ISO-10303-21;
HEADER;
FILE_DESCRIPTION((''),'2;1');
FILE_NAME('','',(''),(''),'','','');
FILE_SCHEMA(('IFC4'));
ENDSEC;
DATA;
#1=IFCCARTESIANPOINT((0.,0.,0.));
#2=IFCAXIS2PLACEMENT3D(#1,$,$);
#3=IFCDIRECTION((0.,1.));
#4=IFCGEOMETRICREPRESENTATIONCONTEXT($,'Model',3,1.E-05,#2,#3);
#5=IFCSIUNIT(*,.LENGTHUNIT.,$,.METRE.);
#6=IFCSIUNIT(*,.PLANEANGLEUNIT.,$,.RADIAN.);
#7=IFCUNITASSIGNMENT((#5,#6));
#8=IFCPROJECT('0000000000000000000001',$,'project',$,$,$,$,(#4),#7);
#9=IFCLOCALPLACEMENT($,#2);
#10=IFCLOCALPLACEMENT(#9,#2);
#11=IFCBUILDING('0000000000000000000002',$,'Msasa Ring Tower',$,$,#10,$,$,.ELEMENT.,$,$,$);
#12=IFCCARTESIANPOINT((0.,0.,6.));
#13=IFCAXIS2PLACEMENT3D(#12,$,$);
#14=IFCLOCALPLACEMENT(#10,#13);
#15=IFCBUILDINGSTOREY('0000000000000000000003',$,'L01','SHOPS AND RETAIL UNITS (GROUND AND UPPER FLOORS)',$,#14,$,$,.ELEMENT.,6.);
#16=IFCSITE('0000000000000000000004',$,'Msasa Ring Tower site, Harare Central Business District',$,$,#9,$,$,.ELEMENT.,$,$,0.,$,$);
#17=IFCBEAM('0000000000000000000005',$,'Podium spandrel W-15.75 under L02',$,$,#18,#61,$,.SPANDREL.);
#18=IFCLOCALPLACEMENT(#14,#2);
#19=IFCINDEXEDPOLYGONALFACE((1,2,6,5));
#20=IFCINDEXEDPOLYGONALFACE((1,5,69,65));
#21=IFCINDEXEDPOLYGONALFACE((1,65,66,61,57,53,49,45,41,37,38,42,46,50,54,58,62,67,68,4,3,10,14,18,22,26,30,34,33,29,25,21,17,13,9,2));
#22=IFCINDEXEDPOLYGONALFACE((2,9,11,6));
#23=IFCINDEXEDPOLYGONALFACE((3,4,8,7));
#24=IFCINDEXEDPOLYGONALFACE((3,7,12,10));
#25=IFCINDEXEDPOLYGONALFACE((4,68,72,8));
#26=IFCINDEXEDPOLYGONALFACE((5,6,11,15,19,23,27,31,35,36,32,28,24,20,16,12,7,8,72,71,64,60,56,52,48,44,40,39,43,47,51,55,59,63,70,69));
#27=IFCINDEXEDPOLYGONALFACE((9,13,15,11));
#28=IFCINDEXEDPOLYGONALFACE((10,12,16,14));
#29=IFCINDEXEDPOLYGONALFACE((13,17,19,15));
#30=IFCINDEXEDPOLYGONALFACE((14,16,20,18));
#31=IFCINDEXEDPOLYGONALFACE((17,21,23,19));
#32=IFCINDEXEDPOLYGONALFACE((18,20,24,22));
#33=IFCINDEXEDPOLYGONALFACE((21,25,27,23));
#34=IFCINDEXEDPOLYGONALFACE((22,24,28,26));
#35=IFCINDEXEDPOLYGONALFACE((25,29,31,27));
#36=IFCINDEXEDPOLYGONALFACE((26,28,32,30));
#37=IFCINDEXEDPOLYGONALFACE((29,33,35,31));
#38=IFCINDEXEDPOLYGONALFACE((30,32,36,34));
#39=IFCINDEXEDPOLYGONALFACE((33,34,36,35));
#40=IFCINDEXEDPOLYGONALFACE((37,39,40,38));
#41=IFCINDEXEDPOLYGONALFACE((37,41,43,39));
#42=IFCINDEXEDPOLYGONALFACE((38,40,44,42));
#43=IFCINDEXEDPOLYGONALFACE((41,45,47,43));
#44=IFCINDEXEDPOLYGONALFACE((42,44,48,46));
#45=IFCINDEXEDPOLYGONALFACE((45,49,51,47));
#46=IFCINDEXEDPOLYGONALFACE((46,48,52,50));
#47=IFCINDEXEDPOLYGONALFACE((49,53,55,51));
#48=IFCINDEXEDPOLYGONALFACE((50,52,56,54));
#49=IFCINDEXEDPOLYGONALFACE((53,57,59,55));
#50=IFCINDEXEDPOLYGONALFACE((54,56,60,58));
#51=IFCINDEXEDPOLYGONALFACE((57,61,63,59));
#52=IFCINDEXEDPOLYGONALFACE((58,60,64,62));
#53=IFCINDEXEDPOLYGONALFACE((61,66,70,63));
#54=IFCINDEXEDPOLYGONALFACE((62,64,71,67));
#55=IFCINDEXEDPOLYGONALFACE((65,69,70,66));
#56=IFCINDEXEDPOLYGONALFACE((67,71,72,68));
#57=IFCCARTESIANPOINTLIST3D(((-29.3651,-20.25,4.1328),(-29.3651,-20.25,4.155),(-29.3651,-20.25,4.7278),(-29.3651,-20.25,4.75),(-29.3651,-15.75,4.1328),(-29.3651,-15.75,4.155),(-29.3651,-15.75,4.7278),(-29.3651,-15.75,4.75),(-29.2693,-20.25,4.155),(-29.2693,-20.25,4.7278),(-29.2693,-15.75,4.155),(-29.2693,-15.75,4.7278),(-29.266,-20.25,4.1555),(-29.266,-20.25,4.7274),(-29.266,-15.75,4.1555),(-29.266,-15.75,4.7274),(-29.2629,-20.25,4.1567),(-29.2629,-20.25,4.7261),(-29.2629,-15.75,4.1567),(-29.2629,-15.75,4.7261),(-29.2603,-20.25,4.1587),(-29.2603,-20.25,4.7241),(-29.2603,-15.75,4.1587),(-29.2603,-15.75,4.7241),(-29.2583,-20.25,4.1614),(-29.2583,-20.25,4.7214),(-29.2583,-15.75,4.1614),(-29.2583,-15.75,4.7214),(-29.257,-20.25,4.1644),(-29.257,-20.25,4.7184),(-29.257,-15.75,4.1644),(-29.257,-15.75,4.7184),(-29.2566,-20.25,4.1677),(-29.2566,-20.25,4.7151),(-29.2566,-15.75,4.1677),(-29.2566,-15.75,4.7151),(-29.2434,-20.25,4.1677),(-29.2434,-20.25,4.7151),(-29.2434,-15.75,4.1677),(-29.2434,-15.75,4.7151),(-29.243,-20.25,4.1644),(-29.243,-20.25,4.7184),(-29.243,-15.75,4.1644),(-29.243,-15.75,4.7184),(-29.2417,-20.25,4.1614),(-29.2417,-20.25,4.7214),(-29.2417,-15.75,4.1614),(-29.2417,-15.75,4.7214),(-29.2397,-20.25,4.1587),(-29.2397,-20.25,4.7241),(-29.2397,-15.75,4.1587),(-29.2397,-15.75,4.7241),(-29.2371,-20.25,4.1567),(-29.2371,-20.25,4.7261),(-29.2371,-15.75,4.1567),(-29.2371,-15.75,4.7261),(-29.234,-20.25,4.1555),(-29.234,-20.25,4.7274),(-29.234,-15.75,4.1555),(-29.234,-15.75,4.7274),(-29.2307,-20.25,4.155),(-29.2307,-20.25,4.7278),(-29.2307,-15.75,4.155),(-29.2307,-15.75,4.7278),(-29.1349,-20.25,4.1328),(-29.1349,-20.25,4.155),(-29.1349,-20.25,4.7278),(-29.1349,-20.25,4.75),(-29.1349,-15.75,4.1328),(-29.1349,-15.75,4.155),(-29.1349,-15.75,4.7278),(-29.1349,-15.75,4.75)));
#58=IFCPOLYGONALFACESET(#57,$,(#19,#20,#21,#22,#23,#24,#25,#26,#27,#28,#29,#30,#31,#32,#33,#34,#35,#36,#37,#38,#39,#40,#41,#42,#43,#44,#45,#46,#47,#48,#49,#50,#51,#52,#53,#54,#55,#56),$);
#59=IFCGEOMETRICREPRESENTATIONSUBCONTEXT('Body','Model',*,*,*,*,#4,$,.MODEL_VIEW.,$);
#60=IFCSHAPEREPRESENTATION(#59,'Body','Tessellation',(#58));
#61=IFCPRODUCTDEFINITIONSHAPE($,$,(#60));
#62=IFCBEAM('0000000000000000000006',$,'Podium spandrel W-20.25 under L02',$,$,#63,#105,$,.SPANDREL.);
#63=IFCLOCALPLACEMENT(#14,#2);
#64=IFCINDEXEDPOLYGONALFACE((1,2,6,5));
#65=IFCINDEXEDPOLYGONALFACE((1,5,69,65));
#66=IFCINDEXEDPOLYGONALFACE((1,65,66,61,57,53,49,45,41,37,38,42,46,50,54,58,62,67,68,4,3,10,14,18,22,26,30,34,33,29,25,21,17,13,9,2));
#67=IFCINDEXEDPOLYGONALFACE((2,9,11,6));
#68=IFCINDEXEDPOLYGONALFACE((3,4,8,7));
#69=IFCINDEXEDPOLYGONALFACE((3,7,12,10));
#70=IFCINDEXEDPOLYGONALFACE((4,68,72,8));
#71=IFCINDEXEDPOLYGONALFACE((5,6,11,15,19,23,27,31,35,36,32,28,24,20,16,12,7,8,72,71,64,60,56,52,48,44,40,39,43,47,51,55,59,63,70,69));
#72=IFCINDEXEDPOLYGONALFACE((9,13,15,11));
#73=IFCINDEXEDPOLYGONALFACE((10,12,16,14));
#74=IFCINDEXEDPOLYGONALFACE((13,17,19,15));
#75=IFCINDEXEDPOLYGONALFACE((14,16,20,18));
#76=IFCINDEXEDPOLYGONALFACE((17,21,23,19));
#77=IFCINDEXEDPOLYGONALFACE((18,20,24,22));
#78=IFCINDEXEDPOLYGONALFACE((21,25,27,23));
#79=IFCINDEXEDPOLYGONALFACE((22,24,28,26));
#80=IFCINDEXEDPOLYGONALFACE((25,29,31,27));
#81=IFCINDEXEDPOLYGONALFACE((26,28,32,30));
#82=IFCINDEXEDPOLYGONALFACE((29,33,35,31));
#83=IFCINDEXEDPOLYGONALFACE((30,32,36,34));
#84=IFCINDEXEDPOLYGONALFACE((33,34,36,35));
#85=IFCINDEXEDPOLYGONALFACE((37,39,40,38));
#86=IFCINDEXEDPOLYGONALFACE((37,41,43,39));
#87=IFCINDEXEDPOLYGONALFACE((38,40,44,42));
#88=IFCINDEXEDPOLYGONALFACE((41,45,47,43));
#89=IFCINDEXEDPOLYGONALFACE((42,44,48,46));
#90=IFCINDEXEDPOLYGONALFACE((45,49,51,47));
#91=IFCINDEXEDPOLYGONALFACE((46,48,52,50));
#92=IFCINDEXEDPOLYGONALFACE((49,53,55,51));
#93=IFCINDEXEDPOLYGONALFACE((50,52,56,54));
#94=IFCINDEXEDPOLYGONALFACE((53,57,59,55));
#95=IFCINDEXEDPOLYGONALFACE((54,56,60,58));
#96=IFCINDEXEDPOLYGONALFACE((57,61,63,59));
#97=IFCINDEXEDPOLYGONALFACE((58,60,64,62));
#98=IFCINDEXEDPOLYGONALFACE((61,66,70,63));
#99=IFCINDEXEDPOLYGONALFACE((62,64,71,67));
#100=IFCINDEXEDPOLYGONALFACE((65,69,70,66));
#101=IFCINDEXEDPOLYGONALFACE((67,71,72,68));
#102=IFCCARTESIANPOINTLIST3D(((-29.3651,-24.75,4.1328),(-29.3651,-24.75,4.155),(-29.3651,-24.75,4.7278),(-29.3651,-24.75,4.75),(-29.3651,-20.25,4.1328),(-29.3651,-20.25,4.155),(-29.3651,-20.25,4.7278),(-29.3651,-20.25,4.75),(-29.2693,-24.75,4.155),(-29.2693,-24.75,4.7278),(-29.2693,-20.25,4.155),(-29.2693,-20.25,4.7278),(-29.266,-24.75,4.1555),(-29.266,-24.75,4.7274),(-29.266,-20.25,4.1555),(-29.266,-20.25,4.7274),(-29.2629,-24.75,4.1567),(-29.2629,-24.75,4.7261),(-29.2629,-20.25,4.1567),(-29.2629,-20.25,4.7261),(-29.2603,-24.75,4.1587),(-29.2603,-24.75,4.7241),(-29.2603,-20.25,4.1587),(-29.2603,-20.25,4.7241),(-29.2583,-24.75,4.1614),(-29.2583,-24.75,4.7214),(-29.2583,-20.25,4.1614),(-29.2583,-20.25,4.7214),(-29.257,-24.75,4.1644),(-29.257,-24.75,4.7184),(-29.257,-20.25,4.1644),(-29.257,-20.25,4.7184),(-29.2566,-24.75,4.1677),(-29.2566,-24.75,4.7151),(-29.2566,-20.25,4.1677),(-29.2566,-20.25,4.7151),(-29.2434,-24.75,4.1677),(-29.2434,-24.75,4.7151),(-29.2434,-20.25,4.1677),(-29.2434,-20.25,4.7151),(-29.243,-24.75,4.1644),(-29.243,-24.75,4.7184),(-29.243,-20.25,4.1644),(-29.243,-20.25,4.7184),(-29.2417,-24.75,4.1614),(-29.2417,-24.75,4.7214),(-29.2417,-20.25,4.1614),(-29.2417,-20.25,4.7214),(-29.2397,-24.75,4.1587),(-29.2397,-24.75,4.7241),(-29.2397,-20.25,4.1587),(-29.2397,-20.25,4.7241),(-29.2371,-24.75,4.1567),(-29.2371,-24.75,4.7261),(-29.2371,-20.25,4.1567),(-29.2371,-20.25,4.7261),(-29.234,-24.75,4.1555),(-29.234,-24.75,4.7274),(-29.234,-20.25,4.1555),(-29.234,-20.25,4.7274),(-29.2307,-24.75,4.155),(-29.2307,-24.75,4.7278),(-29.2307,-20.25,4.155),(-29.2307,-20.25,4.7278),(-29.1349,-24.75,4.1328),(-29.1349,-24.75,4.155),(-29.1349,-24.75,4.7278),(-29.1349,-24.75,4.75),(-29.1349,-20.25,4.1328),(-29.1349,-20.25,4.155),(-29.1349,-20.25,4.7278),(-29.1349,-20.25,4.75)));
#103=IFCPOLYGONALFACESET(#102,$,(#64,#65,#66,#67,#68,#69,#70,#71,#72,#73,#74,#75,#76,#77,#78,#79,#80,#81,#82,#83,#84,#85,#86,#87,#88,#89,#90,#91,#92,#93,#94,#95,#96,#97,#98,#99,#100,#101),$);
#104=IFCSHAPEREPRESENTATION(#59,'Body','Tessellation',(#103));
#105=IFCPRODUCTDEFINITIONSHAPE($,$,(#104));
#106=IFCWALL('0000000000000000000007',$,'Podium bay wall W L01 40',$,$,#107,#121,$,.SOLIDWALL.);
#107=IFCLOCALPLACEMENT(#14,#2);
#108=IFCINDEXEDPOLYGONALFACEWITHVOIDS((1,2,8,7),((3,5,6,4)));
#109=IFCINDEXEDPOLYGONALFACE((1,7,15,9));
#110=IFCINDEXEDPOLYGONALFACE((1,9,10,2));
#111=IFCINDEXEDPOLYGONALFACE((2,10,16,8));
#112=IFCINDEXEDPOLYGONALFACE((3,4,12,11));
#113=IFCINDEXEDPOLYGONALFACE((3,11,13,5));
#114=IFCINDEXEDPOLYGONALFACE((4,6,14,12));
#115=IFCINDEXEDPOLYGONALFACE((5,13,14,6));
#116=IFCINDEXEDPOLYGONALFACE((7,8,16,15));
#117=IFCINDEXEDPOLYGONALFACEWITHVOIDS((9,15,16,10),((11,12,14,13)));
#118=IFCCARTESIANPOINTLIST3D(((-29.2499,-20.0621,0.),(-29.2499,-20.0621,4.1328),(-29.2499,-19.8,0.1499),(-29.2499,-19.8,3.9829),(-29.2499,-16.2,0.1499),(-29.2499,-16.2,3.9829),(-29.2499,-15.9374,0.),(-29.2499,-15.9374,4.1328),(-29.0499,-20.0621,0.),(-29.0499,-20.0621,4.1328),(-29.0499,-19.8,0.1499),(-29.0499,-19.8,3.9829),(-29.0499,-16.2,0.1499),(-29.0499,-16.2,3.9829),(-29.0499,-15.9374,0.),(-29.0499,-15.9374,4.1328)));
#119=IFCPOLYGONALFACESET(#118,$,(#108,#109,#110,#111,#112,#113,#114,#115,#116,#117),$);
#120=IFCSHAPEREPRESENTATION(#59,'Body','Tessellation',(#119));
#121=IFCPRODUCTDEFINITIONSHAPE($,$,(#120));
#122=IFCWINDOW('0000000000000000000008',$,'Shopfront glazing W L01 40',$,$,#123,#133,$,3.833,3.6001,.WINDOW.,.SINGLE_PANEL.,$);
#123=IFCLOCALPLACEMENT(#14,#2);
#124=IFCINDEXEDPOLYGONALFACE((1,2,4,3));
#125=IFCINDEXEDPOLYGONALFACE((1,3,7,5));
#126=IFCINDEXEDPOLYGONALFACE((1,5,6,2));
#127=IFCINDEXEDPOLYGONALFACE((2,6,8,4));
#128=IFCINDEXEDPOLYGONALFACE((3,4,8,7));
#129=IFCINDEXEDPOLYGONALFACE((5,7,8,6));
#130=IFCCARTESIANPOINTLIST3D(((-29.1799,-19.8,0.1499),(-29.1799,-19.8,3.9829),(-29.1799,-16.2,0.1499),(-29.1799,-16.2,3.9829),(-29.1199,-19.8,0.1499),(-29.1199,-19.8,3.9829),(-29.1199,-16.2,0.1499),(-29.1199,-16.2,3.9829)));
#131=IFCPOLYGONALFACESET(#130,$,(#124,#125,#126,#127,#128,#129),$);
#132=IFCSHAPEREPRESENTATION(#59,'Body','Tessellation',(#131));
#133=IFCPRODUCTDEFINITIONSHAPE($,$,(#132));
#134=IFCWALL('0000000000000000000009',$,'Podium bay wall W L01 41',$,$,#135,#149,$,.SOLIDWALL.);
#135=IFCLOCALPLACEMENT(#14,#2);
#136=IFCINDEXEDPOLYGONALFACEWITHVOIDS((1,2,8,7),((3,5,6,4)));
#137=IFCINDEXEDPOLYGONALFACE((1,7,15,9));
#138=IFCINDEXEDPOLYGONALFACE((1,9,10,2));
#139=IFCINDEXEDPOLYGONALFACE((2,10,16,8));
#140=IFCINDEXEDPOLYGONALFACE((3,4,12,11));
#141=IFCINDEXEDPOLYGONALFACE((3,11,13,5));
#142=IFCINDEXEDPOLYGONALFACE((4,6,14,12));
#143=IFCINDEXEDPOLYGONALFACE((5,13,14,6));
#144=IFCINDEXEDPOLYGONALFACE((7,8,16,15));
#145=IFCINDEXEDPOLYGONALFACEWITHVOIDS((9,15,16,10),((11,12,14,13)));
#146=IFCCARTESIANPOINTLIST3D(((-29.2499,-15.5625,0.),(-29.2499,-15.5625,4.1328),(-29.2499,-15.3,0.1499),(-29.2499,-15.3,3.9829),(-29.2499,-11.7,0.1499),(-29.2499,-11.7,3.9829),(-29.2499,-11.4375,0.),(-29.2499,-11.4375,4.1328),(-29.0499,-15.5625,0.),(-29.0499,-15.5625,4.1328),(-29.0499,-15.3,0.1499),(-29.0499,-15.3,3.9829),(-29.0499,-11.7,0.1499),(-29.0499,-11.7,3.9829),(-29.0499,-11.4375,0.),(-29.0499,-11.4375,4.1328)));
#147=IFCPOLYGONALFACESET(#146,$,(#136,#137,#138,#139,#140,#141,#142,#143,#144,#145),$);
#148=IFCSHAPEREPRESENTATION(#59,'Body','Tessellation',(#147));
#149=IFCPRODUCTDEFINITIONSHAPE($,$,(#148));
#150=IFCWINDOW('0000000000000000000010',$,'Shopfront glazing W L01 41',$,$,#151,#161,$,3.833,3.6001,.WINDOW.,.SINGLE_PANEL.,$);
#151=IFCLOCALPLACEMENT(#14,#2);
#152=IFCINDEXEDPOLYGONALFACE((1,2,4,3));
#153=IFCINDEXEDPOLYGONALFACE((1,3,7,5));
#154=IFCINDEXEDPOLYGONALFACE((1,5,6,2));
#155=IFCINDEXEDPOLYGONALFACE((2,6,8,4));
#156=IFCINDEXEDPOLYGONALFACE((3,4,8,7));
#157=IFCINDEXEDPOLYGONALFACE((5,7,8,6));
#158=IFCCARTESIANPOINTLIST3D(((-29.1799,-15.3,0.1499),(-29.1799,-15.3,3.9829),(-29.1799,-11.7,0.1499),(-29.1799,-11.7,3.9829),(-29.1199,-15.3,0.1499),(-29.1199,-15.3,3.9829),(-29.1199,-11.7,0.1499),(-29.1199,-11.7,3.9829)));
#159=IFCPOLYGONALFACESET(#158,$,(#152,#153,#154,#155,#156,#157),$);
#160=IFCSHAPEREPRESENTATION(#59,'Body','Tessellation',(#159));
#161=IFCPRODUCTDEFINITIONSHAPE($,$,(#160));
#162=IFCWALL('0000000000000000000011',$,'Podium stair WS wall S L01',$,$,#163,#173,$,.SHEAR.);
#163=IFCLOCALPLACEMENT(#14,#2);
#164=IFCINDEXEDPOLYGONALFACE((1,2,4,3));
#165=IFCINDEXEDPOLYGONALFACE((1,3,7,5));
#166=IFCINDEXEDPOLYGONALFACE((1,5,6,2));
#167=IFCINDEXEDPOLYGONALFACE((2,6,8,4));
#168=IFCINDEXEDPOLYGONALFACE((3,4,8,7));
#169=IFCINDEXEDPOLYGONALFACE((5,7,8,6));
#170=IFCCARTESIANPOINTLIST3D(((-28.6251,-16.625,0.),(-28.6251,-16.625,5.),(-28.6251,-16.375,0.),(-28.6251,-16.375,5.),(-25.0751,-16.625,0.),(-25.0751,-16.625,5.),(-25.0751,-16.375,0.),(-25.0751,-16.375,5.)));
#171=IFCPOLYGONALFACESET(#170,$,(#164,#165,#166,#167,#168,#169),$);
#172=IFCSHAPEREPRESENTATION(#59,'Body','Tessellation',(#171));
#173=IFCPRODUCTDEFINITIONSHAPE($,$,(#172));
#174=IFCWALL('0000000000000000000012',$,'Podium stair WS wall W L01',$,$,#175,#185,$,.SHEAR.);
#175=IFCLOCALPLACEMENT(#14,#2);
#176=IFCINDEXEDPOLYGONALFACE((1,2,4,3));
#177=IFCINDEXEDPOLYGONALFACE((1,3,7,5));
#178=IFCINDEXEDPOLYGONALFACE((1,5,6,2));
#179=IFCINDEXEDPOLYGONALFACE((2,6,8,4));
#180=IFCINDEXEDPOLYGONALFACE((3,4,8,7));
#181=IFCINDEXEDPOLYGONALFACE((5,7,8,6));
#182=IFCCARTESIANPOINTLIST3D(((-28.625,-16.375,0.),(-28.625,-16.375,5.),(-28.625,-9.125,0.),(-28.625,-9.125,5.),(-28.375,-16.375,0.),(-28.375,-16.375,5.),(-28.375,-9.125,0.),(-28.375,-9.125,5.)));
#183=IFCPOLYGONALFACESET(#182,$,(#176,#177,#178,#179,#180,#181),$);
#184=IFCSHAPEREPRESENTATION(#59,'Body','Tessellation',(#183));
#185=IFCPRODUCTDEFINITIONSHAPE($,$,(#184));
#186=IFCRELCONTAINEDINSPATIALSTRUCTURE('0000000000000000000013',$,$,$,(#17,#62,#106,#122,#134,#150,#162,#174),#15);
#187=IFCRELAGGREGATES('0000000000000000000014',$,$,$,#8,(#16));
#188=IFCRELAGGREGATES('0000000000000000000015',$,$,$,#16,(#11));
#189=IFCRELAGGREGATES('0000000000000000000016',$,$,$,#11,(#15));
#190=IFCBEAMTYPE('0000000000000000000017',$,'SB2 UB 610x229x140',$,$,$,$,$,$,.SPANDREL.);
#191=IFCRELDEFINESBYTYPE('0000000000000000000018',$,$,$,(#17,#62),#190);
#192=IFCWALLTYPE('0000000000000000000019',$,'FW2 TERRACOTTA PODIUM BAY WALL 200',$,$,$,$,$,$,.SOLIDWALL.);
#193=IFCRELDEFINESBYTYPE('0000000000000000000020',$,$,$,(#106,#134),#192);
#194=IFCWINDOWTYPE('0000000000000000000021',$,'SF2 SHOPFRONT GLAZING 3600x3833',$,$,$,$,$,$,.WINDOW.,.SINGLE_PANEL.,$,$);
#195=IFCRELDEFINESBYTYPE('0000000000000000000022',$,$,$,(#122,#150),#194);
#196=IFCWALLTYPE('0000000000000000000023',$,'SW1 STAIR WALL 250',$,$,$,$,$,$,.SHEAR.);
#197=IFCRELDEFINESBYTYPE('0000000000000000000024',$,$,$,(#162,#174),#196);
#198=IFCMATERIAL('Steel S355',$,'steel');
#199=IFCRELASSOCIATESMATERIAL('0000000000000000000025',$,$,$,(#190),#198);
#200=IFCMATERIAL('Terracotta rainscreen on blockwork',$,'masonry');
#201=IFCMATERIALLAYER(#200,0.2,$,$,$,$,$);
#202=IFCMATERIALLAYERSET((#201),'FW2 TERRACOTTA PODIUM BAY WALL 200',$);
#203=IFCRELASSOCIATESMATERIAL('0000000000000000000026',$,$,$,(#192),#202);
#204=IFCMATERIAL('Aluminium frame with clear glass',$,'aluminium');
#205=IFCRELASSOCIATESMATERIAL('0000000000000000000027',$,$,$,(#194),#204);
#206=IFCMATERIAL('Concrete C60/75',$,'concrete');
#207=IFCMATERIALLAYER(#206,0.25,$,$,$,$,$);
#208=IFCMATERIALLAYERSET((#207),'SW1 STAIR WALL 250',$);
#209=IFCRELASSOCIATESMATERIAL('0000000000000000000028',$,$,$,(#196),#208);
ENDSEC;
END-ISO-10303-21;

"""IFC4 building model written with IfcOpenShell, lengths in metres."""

from ifc_helpers import new_model, si_unit, direction, frame, frame_2d, origin, origin_2d, place, context, subcontext, project, spatial, rectangle, i_section, extrude, material, layer, layer_set, material_profile, profile_set, type_object, element, fill, save


model = new_model("IFC4")

# Units and contexts
model_context = context("Model", 3, precision=1e-05, world=origin(), true_north=direction((0.0, 1.0)))
body_context = subcontext(model_context, "Body", "Model", "MODEL_VIEW")
ifc_project = project(units=[si_unit("LENGTHUNIT", "METRE"), si_unit("PLANEANGLEUNIT", "RADIAN")], contexts=[model_context])

# Site, building, storey
site_placement = place(None, origin())
site = spatial("IfcSite", under=ifc_project, at=site_placement, Name="Msasa Ring Tower site, Harare Central Business District", CompositionType="ELEMENT", RefElevation=0.0)
building_placement = place(site_placement, origin())
building = spatial("IfcBuilding", under=site, at=building_placement, Name="Msasa Ring Tower", CompositionType="ELEMENT")
storey_placement = place(building_placement, frame((0.0, 0.0, 6.0)))
storey = spatial("IfcBuildingStorey", under=building, at=storey_placement, Name="L01", Description="SHOPS AND RETAIL UNITS (GROUND AND UPPER FLOORS)", CompositionType="ELEMENT", Elevation=6.0)

# Beams
ifc_material_1 = material(Name="Steel S355", Category="steel")
ifc_material_profile_1 = material_profile(ifc_material_1, i_section(OverallWidth=0.2302, OverallDepth=0.6172, WebThickness=0.0132, FlangeThickness=0.0222, FilletRadius=0.0127, at=origin_2d()), Name="UB 610x229x140")
ifc_profile_set_1 = profile_set([ifc_material_profile_1], Name="Steel S355")
beam_type_1 = type_object("IfcBeamType", Name="SB2 UB 610x229x140", PredefinedType="SPANDREL", material=ifc_profile_set_1)
for number, where, z_axis, x_axis, name in (
    (1, (-29.25, -15.75, 4.4414), (0.0, -1.0, 0.0), (1.0, 0.0, 0.0), "Podium spandrel W-15.75 under L02"),
    (2, (-29.25, -20.25, 4.4414), (0.0, -1.0, 0.0), (1.0, 0.0, 0.0), "Podium spandrel W-20.25 under L02"),
):
    element("IfcBeam", number, at=place(storey_placement, frame(where, z_axis=z_axis, x_axis=x_axis)), inside=storey, type_object=beam_type_1, Name=name, PredefinedType="SPANDREL", context=body_context, shape_type="SweptSolid", body=[
        extrude(i_section(OverallWidth=0.2302, OverallDepth=0.6172, WebThickness=0.0132, FlangeThickness=0.0222, FilletRadius=0.0127, at=origin_2d()), origin(), (0.0, 0.0, 1.0), 4.5),
    ])

# Walls, openings, windows
ifc_material_2 = material(Name="Terracotta rainscreen on blockwork", Category="masonry")
ifc_layer_1 = layer(ifc_material_2, 0.2)
ifc_layer_set_1 = layer_set([ifc_layer_1], Name="FW2 TERRACOTTA PODIUM BAY WALL 200")
wall_type_1 = type_object("IfcWallType", Name="FW2 TERRACOTTA PODIUM BAY WALL 200", PredefinedType="SOLIDWALL", material=ifc_layer_set_1)
wall_1_placement = place(storey_placement, frame((-29.1499, -20.0623, 0.0), z_axis=(0.0, 0.0, 1.0), x_axis=(0.0, 1.0, 0.0)))
wall_1 = element("IfcWall", 3, at=wall_1_placement, inside=storey, type_object=wall_type_1, Name="Podium bay wall W L01 40", PredefinedType="SOLIDWALL", context=body_context, shape_type="SweptSolid", body=[
    extrude(rectangle(XDim=4.1248, YDim=0.2, at=frame_2d((2.0625, 0.0))), origin(), (0.0, 0.0, 1.0), 4.1328),
])
opening_1_placement = place(wall_1_placement, frame((0.2622, 0.0, 0.1499)))
opening_1 = element("IfcOpeningElement", 4, at=opening_1_placement, cuts=wall_1, PredefinedType="OPENING", context=body_context, shape_type="SweptSolid", body=[
    extrude(rectangle(XDim=3.6001, YDim=3.833, at=frame_2d((1.8, 1.9165))), frame((0.0, 0.1099, 0.0), z_axis=(0.0, -1.0, 0.0), x_axis=(1.0, 0.0, 0.0)), (0.0, 0.0, 1.0), 0.22),
])
ifc_material_3 = material(Name="Aluminium frame with clear glass", Category="aluminium")
window_type = type_object("IfcWindowType", Name="SF2 SHOPFRONT GLAZING 3600x3833", PartitioningType="SINGLE_PANEL", PredefinedType="WINDOW", material=ifc_material_3)
window_1_placement = place(opening_1_placement, origin())
window_1 = element("IfcWindow", 5, at=window_1_placement, inside=storey, type_object=window_type, Name="Shopfront glazing W L01 40", OverallHeight=3.833, OverallWidth=3.6001, PartitioningType="SINGLE_PANEL", PredefinedType="WINDOW", context=body_context, shape_type="SweptSolid", body=[
    extrude(rectangle(XDim=3.6001, YDim=3.833, at=frame_2d((1.8, 1.9165))), frame((0.0, 0.03, 0.0), z_axis=(0.0, -1.0, 0.0), x_axis=(1.0, 0.0, 0.0)), (0.0, 0.0, 1.0), 0.0601),
])
fill(opening_1, window_1)
wall_2_placement = place(storey_placement, frame((-29.1499, -15.5625, 0.0), z_axis=(0.0, 0.0, 1.0), x_axis=(0.0, 1.0, 0.0)))
wall_2 = element("IfcWall", 6, at=wall_2_placement, inside=storey, type_object=wall_type_1, Name="Podium bay wall W L01 41", PredefinedType="SOLIDWALL", context=body_context, shape_type="SweptSolid", body=[
    extrude(rectangle(XDim=4.125, YDim=0.2, at=frame_2d((2.0625, 0.0))), origin(), (0.0, 0.0, 1.0), 4.1328),
])
opening_2_placement = place(wall_2_placement, frame((0.2625, 0.0, 0.1499)))
opening_2 = element("IfcOpeningElement", 7, at=opening_2_placement, cuts=wall_2, PredefinedType="OPENING", context=body_context, shape_type="SweptSolid", body=[
    extrude(rectangle(XDim=3.6001, YDim=3.833, at=frame_2d((1.8, 1.9165))), frame((0.0, 0.1099, 0.0), z_axis=(0.0, -1.0, 0.0), x_axis=(1.0, 0.0, 0.0)), (0.0, 0.0, 1.0), 0.22),
])
window_2_placement = place(opening_2_placement, origin())
window_2 = element("IfcWindow", 8, at=window_2_placement, inside=storey, type_object=window_type, Name="Shopfront glazing W L01 41", OverallHeight=3.833, OverallWidth=3.6001, PartitioningType="SINGLE_PANEL", PredefinedType="WINDOW", context=body_context, shape_type="SweptSolid", body=[
    extrude(rectangle(XDim=3.6001, YDim=3.833, at=frame_2d((1.8, 1.9165))), frame((0.0, 0.03, 0.0), z_axis=(0.0, -1.0, 0.0), x_axis=(1.0, 0.0, 0.0)), (0.0, 0.0, 1.0), 0.0601),
])
fill(opening_2, window_2)

# Walls
ifc_material_4 = material(Name="Concrete C60/75", Category="concrete")
ifc_layer_2 = layer(ifc_material_4, 0.25)
ifc_layer_set_2 = layer_set([ifc_layer_2], Name="SW1 STAIR WALL 250")
wall_type_2 = type_object("IfcWallType", Name="SW1 STAIR WALL 250", PredefinedType="SHEAR", material=ifc_layer_set_2)
wall_3_placement = place(storey_placement, frame((-28.625, -16.5, 0.0), z_axis=(0.0, 0.0, 1.0), x_axis=(1.0, 0.0, 0.0)))
element("IfcWall", 9, at=wall_3_placement, inside=storey, type_object=wall_type_2, Name="Podium stair WS wall S L01", PredefinedType="SHEAR", context=body_context, shape_type="SweptSolid", body=[
    extrude(rectangle(XDim=3.55, YDim=0.25, at=frame_2d((1.7749, 0.0))), origin(), (0.0, 0.0, 1.0), 5.0),
])
for number, where, z_axis, x_axis, name in (
    (10, (-28.5, -16.375, 0.0), (0.0, 0.0, 1.0), (0.0, 1.0, 0.0), "Podium stair WS wall W L01"),
):
    element("IfcWall", number, at=place(storey_placement, frame(where, z_axis=z_axis, x_axis=x_axis)), inside=storey, type_object=wall_type_2, Name=name, PredefinedType="SHEAR", context=body_context, shape_type="SweptSolid", body=[
        extrude(rectangle(XDim=7.25, YDim=0.25, at=frame_2d((3.625, 0.0))), origin(), (0.0, 0.0, 1.0), 5.0),
    ])

save(model, "model.ifc")
